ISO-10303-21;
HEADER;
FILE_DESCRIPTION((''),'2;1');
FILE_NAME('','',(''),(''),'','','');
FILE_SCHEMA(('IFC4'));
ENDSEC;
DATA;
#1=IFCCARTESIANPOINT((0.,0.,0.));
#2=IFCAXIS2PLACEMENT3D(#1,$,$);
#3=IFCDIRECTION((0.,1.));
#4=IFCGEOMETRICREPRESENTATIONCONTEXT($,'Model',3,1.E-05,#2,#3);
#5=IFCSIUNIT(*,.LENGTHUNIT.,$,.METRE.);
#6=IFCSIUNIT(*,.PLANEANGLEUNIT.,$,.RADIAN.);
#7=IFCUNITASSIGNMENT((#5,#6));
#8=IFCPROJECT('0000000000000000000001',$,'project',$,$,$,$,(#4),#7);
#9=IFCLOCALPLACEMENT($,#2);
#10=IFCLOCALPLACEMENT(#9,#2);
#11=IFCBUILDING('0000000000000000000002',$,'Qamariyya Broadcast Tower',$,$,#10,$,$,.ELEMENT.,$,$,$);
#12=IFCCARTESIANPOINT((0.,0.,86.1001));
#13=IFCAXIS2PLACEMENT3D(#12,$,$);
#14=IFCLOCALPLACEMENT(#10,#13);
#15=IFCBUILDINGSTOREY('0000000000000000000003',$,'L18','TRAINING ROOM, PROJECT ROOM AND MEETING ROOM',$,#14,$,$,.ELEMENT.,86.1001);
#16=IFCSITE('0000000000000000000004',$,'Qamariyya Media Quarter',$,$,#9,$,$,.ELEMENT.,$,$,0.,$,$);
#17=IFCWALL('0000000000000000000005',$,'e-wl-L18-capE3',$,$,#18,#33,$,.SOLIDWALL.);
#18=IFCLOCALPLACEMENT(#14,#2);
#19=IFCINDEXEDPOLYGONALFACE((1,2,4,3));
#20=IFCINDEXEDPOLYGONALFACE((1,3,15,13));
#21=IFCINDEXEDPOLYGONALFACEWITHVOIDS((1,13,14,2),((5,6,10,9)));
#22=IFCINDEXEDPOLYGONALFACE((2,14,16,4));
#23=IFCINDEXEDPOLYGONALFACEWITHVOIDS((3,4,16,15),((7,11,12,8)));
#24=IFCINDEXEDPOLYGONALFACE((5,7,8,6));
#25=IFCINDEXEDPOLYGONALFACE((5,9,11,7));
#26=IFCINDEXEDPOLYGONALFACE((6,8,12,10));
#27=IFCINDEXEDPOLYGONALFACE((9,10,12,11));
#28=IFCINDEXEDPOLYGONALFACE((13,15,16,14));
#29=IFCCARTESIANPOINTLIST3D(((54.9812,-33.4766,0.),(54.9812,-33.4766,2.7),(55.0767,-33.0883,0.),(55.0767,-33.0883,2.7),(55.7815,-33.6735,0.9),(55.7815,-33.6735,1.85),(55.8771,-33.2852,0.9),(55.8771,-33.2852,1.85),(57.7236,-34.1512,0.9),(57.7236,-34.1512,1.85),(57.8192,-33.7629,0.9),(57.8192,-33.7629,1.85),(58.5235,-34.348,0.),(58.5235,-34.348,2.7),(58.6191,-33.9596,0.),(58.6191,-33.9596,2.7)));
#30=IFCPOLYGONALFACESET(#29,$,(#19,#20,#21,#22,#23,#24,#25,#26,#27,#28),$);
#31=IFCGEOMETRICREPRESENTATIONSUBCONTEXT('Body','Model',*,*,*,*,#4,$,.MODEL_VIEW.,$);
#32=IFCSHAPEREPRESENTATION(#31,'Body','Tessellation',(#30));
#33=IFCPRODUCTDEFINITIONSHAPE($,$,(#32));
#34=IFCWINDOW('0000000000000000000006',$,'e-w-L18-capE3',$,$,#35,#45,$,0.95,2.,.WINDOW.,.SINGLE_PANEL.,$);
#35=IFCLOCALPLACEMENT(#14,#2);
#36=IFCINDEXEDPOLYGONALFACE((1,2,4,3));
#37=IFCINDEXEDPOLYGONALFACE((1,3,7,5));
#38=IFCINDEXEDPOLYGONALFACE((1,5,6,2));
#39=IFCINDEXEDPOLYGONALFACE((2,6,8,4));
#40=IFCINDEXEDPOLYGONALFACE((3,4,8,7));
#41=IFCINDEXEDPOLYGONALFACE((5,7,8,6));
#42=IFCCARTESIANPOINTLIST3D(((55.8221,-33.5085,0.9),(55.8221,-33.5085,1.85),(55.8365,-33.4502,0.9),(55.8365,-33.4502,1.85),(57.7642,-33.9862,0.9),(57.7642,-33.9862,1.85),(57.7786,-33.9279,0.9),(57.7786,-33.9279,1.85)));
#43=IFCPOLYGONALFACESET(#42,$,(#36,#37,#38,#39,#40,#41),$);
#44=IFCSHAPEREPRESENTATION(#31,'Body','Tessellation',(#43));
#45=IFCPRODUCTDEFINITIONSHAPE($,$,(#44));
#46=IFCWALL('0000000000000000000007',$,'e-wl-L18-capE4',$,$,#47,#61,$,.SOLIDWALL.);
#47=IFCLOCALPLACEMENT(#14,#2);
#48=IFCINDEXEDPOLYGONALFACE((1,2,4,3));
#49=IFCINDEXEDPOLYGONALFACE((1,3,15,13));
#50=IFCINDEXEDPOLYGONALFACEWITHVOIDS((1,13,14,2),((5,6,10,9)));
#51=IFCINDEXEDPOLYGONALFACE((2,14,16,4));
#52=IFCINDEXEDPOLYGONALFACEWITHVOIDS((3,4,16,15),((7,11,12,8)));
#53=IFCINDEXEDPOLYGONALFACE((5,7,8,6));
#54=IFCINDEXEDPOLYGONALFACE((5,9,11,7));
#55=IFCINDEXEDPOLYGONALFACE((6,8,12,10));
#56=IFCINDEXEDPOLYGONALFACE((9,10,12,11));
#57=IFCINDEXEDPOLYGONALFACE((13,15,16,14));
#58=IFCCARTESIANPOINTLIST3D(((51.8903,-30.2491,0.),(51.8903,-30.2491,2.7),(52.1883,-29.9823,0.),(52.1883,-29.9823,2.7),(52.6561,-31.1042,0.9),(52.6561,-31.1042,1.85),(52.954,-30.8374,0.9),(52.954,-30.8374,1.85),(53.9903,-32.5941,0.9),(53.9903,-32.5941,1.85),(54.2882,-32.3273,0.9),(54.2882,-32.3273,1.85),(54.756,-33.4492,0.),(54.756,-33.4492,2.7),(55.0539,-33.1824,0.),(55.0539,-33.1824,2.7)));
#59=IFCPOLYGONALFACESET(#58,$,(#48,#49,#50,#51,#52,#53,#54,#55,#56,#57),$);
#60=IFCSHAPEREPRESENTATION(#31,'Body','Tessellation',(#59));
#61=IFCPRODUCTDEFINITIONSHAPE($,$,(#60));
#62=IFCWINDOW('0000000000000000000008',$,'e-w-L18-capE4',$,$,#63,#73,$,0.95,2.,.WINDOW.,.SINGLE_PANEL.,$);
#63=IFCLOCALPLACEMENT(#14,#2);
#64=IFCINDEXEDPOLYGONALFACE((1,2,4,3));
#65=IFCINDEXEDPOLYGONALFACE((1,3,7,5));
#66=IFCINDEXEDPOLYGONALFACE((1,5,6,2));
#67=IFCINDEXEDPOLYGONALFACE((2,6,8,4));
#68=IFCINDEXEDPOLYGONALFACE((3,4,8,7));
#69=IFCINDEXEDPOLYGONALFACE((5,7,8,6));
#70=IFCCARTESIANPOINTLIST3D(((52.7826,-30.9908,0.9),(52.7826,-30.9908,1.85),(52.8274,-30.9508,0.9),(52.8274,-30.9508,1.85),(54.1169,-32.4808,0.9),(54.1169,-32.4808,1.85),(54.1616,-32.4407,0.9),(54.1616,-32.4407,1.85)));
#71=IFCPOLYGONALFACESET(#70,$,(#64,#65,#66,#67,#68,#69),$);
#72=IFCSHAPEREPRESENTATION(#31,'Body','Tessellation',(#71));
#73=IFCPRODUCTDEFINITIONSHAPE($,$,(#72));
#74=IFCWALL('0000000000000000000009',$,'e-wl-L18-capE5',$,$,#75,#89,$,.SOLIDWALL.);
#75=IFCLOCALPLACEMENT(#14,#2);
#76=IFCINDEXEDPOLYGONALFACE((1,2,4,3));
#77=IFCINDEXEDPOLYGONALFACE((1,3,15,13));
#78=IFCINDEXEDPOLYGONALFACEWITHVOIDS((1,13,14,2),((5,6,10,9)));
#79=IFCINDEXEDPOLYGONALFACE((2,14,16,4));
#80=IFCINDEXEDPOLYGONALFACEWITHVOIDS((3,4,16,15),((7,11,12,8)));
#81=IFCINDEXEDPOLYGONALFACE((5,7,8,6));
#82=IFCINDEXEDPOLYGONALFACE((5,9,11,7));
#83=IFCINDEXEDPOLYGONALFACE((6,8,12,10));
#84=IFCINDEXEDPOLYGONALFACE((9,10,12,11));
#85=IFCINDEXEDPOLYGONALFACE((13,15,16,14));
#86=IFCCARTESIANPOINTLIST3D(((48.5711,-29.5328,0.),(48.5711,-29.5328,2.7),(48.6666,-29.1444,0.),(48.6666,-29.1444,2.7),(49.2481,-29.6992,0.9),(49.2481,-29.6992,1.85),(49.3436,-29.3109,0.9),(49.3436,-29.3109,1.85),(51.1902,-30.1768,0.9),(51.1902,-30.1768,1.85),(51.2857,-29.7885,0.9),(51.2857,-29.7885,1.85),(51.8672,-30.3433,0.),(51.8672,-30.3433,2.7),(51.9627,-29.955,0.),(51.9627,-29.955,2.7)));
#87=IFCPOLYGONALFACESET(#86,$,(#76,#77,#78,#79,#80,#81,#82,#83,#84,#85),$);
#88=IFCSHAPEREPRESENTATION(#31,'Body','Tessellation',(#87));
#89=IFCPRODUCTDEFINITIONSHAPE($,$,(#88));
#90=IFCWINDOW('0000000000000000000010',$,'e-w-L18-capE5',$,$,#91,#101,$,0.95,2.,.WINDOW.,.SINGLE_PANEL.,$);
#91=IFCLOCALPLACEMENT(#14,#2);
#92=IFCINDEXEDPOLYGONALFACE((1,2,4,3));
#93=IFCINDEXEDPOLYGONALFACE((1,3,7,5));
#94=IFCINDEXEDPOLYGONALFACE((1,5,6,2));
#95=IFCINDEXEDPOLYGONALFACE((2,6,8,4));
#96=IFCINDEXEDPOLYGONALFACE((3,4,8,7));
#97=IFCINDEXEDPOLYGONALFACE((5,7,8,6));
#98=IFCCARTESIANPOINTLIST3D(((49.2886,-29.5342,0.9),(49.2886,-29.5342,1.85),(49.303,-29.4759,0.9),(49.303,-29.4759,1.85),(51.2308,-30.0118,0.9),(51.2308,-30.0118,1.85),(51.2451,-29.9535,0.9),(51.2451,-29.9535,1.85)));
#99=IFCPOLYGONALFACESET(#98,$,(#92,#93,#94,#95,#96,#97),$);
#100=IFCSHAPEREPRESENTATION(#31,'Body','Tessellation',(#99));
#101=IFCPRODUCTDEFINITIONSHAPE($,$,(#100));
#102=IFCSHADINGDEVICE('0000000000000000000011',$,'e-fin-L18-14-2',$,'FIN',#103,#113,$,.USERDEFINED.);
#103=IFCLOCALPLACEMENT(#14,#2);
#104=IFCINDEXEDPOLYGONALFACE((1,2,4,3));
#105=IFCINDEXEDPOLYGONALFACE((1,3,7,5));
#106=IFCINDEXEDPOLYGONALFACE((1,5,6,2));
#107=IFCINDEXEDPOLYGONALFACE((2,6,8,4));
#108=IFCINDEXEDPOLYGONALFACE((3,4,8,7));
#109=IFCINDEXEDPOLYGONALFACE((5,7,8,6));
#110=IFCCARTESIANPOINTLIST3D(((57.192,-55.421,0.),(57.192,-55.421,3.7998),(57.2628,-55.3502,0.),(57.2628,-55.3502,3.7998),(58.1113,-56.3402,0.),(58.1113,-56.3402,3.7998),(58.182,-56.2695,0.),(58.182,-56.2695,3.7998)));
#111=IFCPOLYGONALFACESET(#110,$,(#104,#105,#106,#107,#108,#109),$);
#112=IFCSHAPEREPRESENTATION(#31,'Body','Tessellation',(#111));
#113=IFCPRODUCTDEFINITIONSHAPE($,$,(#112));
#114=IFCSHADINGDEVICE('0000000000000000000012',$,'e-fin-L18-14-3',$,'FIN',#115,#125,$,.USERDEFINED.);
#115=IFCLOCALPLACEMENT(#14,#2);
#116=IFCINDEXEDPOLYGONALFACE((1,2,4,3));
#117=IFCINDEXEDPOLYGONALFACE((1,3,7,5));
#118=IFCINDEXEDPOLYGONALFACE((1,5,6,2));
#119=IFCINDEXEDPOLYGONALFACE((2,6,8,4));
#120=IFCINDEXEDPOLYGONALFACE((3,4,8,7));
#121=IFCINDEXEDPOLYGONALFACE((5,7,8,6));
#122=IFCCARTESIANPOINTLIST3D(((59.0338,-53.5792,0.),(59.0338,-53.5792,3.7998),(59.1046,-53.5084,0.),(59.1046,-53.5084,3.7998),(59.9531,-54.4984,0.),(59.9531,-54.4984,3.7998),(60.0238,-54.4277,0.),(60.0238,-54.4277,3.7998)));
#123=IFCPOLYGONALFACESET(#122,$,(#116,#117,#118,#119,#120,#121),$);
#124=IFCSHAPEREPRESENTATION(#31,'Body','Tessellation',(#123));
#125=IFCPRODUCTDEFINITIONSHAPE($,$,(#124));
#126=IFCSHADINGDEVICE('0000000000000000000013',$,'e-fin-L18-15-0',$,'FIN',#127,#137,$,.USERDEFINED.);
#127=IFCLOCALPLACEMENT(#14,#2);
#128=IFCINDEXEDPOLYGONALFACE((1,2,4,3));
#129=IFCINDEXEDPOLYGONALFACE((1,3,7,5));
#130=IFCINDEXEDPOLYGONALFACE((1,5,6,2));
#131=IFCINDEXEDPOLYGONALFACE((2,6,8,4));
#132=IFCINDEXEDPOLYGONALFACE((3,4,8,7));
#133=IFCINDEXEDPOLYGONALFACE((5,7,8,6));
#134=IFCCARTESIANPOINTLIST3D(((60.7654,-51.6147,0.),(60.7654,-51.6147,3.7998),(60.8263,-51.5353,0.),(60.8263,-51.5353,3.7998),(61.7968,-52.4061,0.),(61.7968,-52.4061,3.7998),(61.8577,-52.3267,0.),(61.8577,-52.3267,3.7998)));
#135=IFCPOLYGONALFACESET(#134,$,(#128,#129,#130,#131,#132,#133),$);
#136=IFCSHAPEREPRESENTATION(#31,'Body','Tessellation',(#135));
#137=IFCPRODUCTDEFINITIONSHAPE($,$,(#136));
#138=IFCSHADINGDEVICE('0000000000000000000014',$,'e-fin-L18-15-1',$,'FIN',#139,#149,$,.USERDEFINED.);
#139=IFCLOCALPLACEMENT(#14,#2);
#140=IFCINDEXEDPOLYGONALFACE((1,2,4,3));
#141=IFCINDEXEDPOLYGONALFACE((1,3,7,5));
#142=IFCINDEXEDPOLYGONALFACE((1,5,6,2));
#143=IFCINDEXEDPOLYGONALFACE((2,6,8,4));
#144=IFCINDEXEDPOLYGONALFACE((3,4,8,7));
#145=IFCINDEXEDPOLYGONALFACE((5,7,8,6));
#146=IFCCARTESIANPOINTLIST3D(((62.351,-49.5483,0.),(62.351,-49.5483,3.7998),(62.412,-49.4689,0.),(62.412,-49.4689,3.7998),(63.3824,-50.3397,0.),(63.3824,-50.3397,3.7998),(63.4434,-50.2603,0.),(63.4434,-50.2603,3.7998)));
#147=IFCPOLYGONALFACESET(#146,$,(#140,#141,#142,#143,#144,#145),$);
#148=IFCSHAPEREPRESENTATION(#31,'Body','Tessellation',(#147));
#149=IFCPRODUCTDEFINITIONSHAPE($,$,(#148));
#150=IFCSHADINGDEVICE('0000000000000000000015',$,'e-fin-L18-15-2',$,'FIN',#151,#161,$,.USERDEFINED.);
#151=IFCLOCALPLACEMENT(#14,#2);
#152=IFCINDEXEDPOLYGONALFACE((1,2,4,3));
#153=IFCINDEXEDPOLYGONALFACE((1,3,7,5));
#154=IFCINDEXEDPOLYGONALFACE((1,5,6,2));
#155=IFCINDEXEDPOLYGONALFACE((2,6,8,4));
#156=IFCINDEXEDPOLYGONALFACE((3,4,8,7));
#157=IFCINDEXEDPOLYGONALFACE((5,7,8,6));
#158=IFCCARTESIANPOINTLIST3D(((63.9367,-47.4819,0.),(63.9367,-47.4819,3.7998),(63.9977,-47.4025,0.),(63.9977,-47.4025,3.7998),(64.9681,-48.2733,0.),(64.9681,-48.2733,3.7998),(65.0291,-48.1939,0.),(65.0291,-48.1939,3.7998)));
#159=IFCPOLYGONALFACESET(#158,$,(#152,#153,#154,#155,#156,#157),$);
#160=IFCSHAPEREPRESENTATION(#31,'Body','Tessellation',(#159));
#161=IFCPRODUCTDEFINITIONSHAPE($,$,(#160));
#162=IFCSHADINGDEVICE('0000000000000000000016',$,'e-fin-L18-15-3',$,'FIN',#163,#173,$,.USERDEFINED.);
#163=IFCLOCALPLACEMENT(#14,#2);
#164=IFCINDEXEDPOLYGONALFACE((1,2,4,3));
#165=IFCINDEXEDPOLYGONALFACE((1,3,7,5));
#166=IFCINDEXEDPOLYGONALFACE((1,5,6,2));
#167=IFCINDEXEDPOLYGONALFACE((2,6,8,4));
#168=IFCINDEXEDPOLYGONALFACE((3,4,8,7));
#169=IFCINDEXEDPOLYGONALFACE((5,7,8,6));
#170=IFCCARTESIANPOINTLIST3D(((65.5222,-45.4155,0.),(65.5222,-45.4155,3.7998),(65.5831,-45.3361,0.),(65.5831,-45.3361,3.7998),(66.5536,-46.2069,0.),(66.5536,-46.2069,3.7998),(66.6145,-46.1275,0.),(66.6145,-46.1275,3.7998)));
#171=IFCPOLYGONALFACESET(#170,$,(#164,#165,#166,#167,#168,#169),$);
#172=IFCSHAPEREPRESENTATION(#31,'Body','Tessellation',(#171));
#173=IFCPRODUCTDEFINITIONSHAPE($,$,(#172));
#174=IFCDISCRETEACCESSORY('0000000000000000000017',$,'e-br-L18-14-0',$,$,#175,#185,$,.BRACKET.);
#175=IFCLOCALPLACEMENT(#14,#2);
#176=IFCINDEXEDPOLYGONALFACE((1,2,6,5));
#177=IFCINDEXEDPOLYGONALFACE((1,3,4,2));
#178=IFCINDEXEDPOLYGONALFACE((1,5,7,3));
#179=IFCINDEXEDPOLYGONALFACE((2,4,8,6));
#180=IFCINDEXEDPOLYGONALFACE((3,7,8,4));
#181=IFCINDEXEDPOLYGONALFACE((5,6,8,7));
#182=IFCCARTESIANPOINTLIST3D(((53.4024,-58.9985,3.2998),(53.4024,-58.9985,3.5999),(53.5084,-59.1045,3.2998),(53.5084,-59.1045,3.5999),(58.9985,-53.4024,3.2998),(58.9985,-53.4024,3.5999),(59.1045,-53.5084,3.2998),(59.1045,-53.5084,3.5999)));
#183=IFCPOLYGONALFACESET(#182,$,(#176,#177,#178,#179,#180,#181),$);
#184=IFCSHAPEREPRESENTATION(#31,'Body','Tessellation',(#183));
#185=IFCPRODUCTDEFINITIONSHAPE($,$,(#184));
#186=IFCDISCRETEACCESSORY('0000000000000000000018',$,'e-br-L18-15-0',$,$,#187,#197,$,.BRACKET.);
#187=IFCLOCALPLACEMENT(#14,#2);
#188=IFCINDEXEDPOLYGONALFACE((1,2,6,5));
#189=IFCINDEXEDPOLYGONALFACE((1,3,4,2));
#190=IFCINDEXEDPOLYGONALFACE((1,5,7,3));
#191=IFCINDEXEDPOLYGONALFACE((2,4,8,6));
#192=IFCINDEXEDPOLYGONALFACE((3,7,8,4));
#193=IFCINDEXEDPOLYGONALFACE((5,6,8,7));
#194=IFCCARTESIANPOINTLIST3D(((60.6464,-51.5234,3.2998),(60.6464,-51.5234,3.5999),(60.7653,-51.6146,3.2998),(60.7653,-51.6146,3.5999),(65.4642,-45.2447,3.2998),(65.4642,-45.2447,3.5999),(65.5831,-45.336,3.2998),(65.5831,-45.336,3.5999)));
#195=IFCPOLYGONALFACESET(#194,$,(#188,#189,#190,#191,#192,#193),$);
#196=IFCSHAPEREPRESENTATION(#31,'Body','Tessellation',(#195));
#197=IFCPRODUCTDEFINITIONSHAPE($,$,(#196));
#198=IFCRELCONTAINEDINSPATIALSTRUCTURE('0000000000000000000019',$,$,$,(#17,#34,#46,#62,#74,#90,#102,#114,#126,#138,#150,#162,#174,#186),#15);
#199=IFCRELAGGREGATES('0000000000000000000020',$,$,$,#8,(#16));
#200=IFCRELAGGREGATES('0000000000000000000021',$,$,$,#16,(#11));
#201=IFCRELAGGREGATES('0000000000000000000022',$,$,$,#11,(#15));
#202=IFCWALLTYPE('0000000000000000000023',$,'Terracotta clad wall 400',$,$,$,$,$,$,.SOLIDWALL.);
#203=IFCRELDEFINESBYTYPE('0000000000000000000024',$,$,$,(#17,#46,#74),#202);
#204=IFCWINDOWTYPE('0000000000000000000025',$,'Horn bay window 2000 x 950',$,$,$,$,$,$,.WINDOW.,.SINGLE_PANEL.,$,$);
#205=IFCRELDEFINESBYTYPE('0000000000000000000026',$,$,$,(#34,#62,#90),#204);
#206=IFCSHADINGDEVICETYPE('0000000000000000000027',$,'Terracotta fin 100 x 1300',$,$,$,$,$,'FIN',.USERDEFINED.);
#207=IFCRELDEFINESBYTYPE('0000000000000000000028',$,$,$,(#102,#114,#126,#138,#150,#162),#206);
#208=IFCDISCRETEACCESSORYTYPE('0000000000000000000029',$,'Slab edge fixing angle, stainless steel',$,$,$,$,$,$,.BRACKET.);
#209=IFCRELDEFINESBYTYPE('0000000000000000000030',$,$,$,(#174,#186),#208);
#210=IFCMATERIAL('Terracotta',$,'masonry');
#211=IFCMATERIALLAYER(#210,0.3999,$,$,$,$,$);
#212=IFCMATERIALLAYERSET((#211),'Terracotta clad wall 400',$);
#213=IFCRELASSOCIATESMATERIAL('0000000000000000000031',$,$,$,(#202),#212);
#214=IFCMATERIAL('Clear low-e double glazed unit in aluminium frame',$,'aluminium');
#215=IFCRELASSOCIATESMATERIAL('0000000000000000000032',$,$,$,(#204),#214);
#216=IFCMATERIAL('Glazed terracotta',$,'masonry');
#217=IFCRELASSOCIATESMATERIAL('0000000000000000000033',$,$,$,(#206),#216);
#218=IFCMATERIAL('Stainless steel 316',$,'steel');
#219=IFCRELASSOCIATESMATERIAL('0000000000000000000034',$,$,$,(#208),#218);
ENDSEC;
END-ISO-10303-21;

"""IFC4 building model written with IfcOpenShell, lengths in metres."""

from ifc_helpers import new_model, si_unit, direction, frame, frame_2d, origin, origin_2d, place, context, subcontext, project, spatial, rectangle, extrude, material, layer, layer_set, material_profile, profile_set, type_object, element, fill, save


model = new_model("IFC4")

# Units and contexts
model_context = context("Model", 3, precision=1e-05, world=origin(), true_north=direction((0.0, 1.0)))
body_context = subcontext(model_context, "Body", "Model", "MODEL_VIEW")
ifc_project = project(units=[si_unit("LENGTHUNIT", "METRE"), si_unit("PLANEANGLEUNIT", "RADIAN")], contexts=[model_context])

# Site, building, storey
site_placement = place(None, origin())
site = spatial("IfcSite", under=ifc_project, at=site_placement, Name="Qamariyya Media Quarter", CompositionType="ELEMENT", RefElevation=0.0)
building_placement = place(site_placement, origin())
building = spatial("IfcBuilding", under=site, at=building_placement, Name="Qamariyya Broadcast Tower", CompositionType="ELEMENT")
storey_placement = place(building_placement, frame((0.0, 0.0, 86.1001)))
storey = spatial("IfcBuildingStorey", under=building, at=storey_placement, Name="L18", Description="TRAINING ROOM, PROJECT ROOM AND MEETING ROOM", CompositionType="ELEMENT", Elevation=86.1001)

# Walls, openings, windows
ifc_material_1 = material(Name="Terracotta", Category="masonry")
ifc_layer = layer(ifc_material_1, 0.3999)
ifc_layer_set = layer_set([ifc_layer], Name="Terracotta clad wall 400")
wall_type = type_object("IfcWallType", Name="Terracotta clad wall 400", PredefinedType="SOLIDWALL", material=ifc_layer_set)
ifc_material_2 = material(Name="Clear low-e double glazed unit in aluminium frame", Category="aluminium")
window_type = type_object("IfcWindowType", Name="Horn bay window 2000 x 950", PartitioningType="SINGLE_PANEL", PredefinedType="WINDOW", material=ifc_material_2)
wall_1_placement = place(storey_placement, frame((58.5713, -34.1538, 0.0), z_axis=(0.0, 0.0, 1.0), x_axis=(-0.971053, 0.238865, 0.0)))
wall_1 = element("IfcWall", 1, at=wall_1_placement, inside=storey, type_object=wall_type, Name="e-wl-L18-capE3", PredefinedType="SOLIDWALL", context=body_context, shape_type="SweptSolid", body=[
    extrude(rectangle(XDim=3.6479, YDim=0.3999, at=frame_2d((1.824, 0.0))), origin(), (0.0, 0.0, 1.0), 2.7),
])
opening_1_placement = place(wall_1_placement, frame((0.8237, 0.0, 0.8999)))
opening_1 = element("IfcOpeningElement", 2, at=opening_1_placement, cuts=wall_1, PredefinedType="OPENING", context=body_context, shape_type="SweptSolid", body=[
    extrude(rectangle(XDim=2.0, YDim=0.95, at=frame_2d((1.0, 0.4751))), frame((0.0, 0.21, 0.0), z_axis=(0.0, -1.0, 0.0), x_axis=(1.0, 0.0, 0.0)), (0.0, 0.0, 1.0), 0.4199),
])
window_1_placement = place(opening_1_placement, origin())
window_1 = element("IfcWindow", 3, at=window_1_placement, inside=storey, type_object=window_type, Name="e-w-L18-capE3", OverallHeight=0.95, OverallWidth=2.0, PartitioningType="SINGLE_PANEL", PredefinedType="WINDOW", context=body_context, shape_type="SweptSolid", body=[
    extrude(rectangle(XDim=2.0, YDim=0.95, at=frame_2d((1.0, 0.4751))), frame((0.0, 0.03, 0.0), z_axis=(0.0, -1.0, 0.0), x_axis=(1.0, 0.0, 0.0)), (0.0, 0.0, 1.0), 0.0601),
])
fill(opening_1, window_1)
wall_2_placement = place(storey_placement, frame((54.905, -33.3159, 0.0), z_axis=(0.0, 0.0, 1.0), x_axis=(-0.667104, 0.744965, 0.0)))
wall_2 = element("IfcWall", 4, at=wall_2_placement, inside=storey, type_object=wall_type, Name="e-wl-L18-capE4", PredefinedType="SOLIDWALL", context=body_context, shape_type="SweptSolid", body=[
    extrude(rectangle(XDim=4.2957, YDim=0.3999, at=frame_2d((2.1479, 0.0))), origin(), (0.0, 0.0, 1.0), 2.7),
])
opening_2_placement = place(wall_2_placement, frame((1.1479, 0.0, 0.8999)))
opening_2 = element("IfcOpeningElement", 5, at=opening_2_placement, cuts=wall_2, PredefinedType="OPENING", context=body_context, shape_type="SweptSolid", body=[
    extrude(rectangle(XDim=2.0, YDim=0.95, at=frame_2d((1.0, 0.4751))), frame((0.0, 0.21, 0.0), z_axis=(0.0, -1.0, 0.0), x_axis=(1.0, 0.0, 0.0)), (0.0, 0.0, 1.0), 0.4199),
])
window_2_placement = place(opening_2_placement, origin())
window_2 = element("IfcWindow", 6, at=window_2_placement, inside=storey, type_object=window_type, Name="e-w-L18-capE4", OverallHeight=0.95, OverallWidth=2.0, PartitioningType="SINGLE_PANEL", PredefinedType="WINDOW", context=body_context, shape_type="SweptSolid", body=[
    extrude(rectangle(XDim=2.0, YDim=0.95, at=frame_2d((1.0, 0.4751))), frame((0.0, 0.03, 0.0), z_axis=(0.0, -1.0, 0.0), x_axis=(1.0, 0.0, 0.0)), (0.0, 0.0, 1.0), 0.0601),
])
fill(opening_2, window_2)
wall_3_placement = place(storey_placement, frame((51.915, -30.1492, 0.0), z_axis=(0.0, 0.0, 1.0), x_axis=(-0.97107, 0.238794, 0.0)))
wall_3 = element("IfcWall", 7, at=wall_3_placement, inside=storey, type_object=wall_type, Name="e-wl-L18-capE5", PredefinedType="SOLIDWALL", context=body_context, shape_type="SweptSolid", body=[
    extrude(rectangle(XDim=3.3943, YDim=0.3999, at=frame_2d((1.6973, 0.0))), origin(), (0.0, 0.0, 1.0), 2.7),
])
opening_3_placement = place(wall_3_placement, frame((0.6973, 0.0, 0.8999)))
opening_3 = element("IfcOpeningElement", 8, at=opening_3_placement, cuts=wall_3, PredefinedType="OPENING", context=body_context, shape_type="SweptSolid", body=[
    extrude(rectangle(XDim=2.0, YDim=0.95, at=frame_2d((1.0, 0.4751))), frame((0.0, 0.21, 0.0), z_axis=(0.0, -1.0, 0.0), x_axis=(1.0, 0.0, 0.0)), (0.0, 0.0, 1.0), 0.4199),
])
window_3_placement = place(opening_3_placement, origin())
window_3 = element("IfcWindow", 9, at=window_3_placement, inside=storey, type_object=window_type, Name="e-w-L18-capE5", OverallHeight=0.95, OverallWidth=2.0, PartitioningType="SINGLE_PANEL", PredefinedType="WINDOW", context=body_context, shape_type="SweptSolid", body=[
    extrude(rectangle(XDim=2.0, YDim=0.95, at=frame_2d((1.0, 0.4751))), frame((0.0, 0.03, 0.0), z_axis=(0.0, -1.0, 0.0), x_axis=(1.0, 0.0, 0.0)), (0.0, 0.0, 1.0), 0.0601),
])
fill(opening_3, window_3)

# Shading devices
ifc_material_3 = material(Name="Glazed terracotta", Category="masonry")
ifc_material_profile_1 = material_profile(ifc_material_3, rectangle(XDim=1.3, YDim=0.1001, at=origin_2d()))
ifc_profile_set_1 = profile_set([ifc_material_profile_1], Name="Glazed terracotta")
shading_device_type_1 = type_object("IfcShadingDeviceType", Name="Terracotta fin 100 x 1300", ElementType="FIN", PredefinedType="USERDEFINED", material=ifc_profile_set_1)
for number, where, z_axis, x_axis, name in (
    (10, (57.687, -55.8452, 0.0), (0.0, 0.0, 1.0), (0.707107, -0.707107, 0.0), "e-fin-L18-14-2"),
    (11, (59.5288, -54.0034, 0.0), (0.0, 0.0, 1.0), (0.707107, -0.707107, 0.0), "e-fin-L18-14-3"),
    (12, (61.3115, -51.9707, 0.0), (0.0, 0.0, 1.0), (0.793353, -0.608761, 0.0), "e-fin-L18-15-0"),
    (13, (62.8972, -49.9043, 0.0), (0.0, 0.0, 1.0), (0.793353, -0.608761, 0.0), "e-fin-L18-15-1"),
    (14, (64.4829, -47.8379, 0.0), (0.0, 0.0, 1.0), (0.793353, -0.608761, 0.0), "e-fin-L18-15-2"),
    (15, (66.0684, -45.7715, 0.0), (0.0, 0.0, 1.0), (0.793353, -0.608761, 0.0), "e-fin-L18-15-3"),
):
    element("IfcShadingDevice", number, at=place(storey_placement, frame(where, z_axis=z_axis, x_axis=x_axis)), inside=storey, type_object=shading_device_type_1, Name=name, ObjectType="FIN", PredefinedType="USERDEFINED", context=body_context, shape_type="SweptSolid", body=[
        extrude(rectangle(XDim=1.3, YDim=0.1001, at=origin_2d()), origin(), (0.0, 0.0, 1.0), 3.7998),
    ])

# Discrete accessories
ifc_material_4 = material(Name="Stainless steel 316", Category="steel")
discrete_accessory_type = type_object("IfcDiscreteAccessoryType", Name="Slab edge fixing angle, stainless steel", PredefinedType="BRACKET", material=ifc_material_4)
for number, where, z_axis, x_axis, name in (
    (16, (56.2534, -56.2534, 3.2998), (0.0, 0.0, 1.0), (0.707107, 0.707107, 0.0), "e-br-L18-14-0"),
    (17, (63.1147, -48.4297, 3.2998), (0.0, 0.0, 1.0), (0.608761, 0.793353, 0.0), "e-br-L18-15-0"),
):
    element("IfcDiscreteAccessory", number, at=place(storey_placement, frame(where, z_axis=z_axis, x_axis=x_axis)), inside=storey, type_object=discrete_accessory_type, Name=name, PredefinedType="BRACKET", context=body_context, shape_type="SweptSolid", body=[
        extrude(rectangle(XDim=7.9141, YDim=0.1499, at=origin_2d()), origin(), (0.0, 0.0, 1.0), 0.3),
    ])

save(model, "model.ifc")
